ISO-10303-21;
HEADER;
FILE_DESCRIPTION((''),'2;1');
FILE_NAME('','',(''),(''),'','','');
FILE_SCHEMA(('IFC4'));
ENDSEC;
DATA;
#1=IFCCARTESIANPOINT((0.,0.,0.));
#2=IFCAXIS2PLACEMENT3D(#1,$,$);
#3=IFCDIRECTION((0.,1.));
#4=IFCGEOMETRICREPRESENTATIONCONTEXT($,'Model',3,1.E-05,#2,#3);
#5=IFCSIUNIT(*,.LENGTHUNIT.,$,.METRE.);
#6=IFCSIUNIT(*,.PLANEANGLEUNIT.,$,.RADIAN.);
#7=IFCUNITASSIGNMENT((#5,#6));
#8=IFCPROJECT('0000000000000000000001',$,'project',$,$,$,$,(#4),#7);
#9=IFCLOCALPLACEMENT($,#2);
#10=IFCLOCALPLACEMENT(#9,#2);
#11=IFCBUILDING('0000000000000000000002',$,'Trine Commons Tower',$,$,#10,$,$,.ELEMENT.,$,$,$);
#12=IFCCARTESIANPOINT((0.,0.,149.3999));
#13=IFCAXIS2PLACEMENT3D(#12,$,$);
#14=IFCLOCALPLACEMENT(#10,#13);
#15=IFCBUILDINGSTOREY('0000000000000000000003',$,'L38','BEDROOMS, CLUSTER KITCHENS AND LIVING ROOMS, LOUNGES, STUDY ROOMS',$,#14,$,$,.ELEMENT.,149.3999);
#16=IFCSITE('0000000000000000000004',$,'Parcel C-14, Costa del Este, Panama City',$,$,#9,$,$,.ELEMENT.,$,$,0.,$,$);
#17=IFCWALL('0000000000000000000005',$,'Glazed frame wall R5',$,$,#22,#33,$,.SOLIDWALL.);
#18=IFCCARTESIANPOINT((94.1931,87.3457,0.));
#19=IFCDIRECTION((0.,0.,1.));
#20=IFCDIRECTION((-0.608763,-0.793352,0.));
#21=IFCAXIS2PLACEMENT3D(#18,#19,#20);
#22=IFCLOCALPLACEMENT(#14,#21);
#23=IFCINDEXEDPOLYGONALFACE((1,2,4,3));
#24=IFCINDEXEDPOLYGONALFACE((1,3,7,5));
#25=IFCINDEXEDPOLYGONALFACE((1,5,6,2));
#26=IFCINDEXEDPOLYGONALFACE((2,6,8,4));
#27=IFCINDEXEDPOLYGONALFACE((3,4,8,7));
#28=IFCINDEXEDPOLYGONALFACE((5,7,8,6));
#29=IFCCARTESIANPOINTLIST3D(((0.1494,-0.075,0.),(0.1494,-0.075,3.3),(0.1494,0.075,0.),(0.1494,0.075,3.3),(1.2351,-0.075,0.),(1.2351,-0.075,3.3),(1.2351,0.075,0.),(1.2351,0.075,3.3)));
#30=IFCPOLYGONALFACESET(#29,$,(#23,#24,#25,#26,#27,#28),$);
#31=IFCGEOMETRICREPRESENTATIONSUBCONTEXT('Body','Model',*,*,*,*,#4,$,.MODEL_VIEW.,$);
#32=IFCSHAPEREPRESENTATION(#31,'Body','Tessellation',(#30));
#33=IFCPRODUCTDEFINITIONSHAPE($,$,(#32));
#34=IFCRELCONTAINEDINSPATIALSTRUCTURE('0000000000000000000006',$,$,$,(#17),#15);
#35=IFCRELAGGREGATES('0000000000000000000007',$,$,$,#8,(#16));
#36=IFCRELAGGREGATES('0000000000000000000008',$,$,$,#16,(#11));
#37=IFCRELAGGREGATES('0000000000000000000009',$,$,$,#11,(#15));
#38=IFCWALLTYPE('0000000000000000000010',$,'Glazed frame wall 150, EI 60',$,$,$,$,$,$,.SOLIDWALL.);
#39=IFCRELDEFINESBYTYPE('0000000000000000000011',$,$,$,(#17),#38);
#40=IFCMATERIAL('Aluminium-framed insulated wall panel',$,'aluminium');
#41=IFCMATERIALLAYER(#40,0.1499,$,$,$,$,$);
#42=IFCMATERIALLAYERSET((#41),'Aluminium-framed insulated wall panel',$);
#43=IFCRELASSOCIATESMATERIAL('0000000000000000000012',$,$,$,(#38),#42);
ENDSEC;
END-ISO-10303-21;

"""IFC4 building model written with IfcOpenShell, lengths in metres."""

from ifc_helpers import new_model, si_unit, direction, frame, origin, place, context, subcontext, project, spatial, polyline, outline, extrude, material, layer, layer_set, type_object, element, save


model = new_model("IFC4")

# Units and contexts
model_context = context("Model", 3, precision=1e-05, world=origin(), true_north=direction((0.0, 1.0)))
body_context = subcontext(model_context, "Body", "Model", "MODEL_VIEW")
ifc_project = project(units=[si_unit("LENGTHUNIT", "METRE"), si_unit("PLANEANGLEUNIT", "RADIAN")], contexts=[model_context])

# Site, building, storey
site_placement = place(None, origin())
site = spatial("IfcSite", under=ifc_project, at=site_placement, Name="Parcel C-14, Costa del Este, Panama City", CompositionType="ELEMENT", RefElevation=0.0)
building_placement = place(site_placement, origin())
building = spatial("IfcBuilding", under=site, at=building_placement, Name="Trine Commons Tower", CompositionType="ELEMENT")
storey_placement = place(building_placement, frame((0.0, 0.0, 149.3999)))
storey = spatial("IfcBuildingStorey", under=building, at=storey_placement, Name="L38", Description="BEDROOMS, CLUSTER KITCHENS AND LIVING ROOMS, LOUNGES, STUDY ROOMS", CompositionType="ELEMENT", Elevation=149.3999)

# Wall
ifc_material_1 = material(Name="Aluminium-framed insulated wall panel", Category="aluminium")
ifc_layer_1 = layer(ifc_material_1, 0.1499)
ifc_layer_set_1 = layer_set([ifc_layer_1], Name="Aluminium-framed insulated wall panel")
wall_type_1 = type_object("IfcWallType", Name="Glazed frame wall 150, EI 60", PredefinedType="SOLIDWALL", material=ifc_layer_set_1)
wall_1_placement = place(storey_placement, frame((94.1931, 87.3457, 0.0), z_axis=(0.0, 0.0, 1.0), x_axis=(-0.608763, -0.793352, 0.0)))
element("IfcWall", 1, at=wall_1_placement, inside=storey, type_object=wall_type_1, Name="Glazed frame wall R5", PredefinedType="SOLIDWALL", context=body_context, shape_type="SweptSolid", body=[
    extrude(outline(polyline([(0.1494, 0.075), (0.1494, -0.075), (1.2351, -0.075), (1.2351, 0.075), (0.1494, 0.075)])), origin(), (0.0, 0.0, 1.0), 3.3),
])

save(model, "model.ifc")
